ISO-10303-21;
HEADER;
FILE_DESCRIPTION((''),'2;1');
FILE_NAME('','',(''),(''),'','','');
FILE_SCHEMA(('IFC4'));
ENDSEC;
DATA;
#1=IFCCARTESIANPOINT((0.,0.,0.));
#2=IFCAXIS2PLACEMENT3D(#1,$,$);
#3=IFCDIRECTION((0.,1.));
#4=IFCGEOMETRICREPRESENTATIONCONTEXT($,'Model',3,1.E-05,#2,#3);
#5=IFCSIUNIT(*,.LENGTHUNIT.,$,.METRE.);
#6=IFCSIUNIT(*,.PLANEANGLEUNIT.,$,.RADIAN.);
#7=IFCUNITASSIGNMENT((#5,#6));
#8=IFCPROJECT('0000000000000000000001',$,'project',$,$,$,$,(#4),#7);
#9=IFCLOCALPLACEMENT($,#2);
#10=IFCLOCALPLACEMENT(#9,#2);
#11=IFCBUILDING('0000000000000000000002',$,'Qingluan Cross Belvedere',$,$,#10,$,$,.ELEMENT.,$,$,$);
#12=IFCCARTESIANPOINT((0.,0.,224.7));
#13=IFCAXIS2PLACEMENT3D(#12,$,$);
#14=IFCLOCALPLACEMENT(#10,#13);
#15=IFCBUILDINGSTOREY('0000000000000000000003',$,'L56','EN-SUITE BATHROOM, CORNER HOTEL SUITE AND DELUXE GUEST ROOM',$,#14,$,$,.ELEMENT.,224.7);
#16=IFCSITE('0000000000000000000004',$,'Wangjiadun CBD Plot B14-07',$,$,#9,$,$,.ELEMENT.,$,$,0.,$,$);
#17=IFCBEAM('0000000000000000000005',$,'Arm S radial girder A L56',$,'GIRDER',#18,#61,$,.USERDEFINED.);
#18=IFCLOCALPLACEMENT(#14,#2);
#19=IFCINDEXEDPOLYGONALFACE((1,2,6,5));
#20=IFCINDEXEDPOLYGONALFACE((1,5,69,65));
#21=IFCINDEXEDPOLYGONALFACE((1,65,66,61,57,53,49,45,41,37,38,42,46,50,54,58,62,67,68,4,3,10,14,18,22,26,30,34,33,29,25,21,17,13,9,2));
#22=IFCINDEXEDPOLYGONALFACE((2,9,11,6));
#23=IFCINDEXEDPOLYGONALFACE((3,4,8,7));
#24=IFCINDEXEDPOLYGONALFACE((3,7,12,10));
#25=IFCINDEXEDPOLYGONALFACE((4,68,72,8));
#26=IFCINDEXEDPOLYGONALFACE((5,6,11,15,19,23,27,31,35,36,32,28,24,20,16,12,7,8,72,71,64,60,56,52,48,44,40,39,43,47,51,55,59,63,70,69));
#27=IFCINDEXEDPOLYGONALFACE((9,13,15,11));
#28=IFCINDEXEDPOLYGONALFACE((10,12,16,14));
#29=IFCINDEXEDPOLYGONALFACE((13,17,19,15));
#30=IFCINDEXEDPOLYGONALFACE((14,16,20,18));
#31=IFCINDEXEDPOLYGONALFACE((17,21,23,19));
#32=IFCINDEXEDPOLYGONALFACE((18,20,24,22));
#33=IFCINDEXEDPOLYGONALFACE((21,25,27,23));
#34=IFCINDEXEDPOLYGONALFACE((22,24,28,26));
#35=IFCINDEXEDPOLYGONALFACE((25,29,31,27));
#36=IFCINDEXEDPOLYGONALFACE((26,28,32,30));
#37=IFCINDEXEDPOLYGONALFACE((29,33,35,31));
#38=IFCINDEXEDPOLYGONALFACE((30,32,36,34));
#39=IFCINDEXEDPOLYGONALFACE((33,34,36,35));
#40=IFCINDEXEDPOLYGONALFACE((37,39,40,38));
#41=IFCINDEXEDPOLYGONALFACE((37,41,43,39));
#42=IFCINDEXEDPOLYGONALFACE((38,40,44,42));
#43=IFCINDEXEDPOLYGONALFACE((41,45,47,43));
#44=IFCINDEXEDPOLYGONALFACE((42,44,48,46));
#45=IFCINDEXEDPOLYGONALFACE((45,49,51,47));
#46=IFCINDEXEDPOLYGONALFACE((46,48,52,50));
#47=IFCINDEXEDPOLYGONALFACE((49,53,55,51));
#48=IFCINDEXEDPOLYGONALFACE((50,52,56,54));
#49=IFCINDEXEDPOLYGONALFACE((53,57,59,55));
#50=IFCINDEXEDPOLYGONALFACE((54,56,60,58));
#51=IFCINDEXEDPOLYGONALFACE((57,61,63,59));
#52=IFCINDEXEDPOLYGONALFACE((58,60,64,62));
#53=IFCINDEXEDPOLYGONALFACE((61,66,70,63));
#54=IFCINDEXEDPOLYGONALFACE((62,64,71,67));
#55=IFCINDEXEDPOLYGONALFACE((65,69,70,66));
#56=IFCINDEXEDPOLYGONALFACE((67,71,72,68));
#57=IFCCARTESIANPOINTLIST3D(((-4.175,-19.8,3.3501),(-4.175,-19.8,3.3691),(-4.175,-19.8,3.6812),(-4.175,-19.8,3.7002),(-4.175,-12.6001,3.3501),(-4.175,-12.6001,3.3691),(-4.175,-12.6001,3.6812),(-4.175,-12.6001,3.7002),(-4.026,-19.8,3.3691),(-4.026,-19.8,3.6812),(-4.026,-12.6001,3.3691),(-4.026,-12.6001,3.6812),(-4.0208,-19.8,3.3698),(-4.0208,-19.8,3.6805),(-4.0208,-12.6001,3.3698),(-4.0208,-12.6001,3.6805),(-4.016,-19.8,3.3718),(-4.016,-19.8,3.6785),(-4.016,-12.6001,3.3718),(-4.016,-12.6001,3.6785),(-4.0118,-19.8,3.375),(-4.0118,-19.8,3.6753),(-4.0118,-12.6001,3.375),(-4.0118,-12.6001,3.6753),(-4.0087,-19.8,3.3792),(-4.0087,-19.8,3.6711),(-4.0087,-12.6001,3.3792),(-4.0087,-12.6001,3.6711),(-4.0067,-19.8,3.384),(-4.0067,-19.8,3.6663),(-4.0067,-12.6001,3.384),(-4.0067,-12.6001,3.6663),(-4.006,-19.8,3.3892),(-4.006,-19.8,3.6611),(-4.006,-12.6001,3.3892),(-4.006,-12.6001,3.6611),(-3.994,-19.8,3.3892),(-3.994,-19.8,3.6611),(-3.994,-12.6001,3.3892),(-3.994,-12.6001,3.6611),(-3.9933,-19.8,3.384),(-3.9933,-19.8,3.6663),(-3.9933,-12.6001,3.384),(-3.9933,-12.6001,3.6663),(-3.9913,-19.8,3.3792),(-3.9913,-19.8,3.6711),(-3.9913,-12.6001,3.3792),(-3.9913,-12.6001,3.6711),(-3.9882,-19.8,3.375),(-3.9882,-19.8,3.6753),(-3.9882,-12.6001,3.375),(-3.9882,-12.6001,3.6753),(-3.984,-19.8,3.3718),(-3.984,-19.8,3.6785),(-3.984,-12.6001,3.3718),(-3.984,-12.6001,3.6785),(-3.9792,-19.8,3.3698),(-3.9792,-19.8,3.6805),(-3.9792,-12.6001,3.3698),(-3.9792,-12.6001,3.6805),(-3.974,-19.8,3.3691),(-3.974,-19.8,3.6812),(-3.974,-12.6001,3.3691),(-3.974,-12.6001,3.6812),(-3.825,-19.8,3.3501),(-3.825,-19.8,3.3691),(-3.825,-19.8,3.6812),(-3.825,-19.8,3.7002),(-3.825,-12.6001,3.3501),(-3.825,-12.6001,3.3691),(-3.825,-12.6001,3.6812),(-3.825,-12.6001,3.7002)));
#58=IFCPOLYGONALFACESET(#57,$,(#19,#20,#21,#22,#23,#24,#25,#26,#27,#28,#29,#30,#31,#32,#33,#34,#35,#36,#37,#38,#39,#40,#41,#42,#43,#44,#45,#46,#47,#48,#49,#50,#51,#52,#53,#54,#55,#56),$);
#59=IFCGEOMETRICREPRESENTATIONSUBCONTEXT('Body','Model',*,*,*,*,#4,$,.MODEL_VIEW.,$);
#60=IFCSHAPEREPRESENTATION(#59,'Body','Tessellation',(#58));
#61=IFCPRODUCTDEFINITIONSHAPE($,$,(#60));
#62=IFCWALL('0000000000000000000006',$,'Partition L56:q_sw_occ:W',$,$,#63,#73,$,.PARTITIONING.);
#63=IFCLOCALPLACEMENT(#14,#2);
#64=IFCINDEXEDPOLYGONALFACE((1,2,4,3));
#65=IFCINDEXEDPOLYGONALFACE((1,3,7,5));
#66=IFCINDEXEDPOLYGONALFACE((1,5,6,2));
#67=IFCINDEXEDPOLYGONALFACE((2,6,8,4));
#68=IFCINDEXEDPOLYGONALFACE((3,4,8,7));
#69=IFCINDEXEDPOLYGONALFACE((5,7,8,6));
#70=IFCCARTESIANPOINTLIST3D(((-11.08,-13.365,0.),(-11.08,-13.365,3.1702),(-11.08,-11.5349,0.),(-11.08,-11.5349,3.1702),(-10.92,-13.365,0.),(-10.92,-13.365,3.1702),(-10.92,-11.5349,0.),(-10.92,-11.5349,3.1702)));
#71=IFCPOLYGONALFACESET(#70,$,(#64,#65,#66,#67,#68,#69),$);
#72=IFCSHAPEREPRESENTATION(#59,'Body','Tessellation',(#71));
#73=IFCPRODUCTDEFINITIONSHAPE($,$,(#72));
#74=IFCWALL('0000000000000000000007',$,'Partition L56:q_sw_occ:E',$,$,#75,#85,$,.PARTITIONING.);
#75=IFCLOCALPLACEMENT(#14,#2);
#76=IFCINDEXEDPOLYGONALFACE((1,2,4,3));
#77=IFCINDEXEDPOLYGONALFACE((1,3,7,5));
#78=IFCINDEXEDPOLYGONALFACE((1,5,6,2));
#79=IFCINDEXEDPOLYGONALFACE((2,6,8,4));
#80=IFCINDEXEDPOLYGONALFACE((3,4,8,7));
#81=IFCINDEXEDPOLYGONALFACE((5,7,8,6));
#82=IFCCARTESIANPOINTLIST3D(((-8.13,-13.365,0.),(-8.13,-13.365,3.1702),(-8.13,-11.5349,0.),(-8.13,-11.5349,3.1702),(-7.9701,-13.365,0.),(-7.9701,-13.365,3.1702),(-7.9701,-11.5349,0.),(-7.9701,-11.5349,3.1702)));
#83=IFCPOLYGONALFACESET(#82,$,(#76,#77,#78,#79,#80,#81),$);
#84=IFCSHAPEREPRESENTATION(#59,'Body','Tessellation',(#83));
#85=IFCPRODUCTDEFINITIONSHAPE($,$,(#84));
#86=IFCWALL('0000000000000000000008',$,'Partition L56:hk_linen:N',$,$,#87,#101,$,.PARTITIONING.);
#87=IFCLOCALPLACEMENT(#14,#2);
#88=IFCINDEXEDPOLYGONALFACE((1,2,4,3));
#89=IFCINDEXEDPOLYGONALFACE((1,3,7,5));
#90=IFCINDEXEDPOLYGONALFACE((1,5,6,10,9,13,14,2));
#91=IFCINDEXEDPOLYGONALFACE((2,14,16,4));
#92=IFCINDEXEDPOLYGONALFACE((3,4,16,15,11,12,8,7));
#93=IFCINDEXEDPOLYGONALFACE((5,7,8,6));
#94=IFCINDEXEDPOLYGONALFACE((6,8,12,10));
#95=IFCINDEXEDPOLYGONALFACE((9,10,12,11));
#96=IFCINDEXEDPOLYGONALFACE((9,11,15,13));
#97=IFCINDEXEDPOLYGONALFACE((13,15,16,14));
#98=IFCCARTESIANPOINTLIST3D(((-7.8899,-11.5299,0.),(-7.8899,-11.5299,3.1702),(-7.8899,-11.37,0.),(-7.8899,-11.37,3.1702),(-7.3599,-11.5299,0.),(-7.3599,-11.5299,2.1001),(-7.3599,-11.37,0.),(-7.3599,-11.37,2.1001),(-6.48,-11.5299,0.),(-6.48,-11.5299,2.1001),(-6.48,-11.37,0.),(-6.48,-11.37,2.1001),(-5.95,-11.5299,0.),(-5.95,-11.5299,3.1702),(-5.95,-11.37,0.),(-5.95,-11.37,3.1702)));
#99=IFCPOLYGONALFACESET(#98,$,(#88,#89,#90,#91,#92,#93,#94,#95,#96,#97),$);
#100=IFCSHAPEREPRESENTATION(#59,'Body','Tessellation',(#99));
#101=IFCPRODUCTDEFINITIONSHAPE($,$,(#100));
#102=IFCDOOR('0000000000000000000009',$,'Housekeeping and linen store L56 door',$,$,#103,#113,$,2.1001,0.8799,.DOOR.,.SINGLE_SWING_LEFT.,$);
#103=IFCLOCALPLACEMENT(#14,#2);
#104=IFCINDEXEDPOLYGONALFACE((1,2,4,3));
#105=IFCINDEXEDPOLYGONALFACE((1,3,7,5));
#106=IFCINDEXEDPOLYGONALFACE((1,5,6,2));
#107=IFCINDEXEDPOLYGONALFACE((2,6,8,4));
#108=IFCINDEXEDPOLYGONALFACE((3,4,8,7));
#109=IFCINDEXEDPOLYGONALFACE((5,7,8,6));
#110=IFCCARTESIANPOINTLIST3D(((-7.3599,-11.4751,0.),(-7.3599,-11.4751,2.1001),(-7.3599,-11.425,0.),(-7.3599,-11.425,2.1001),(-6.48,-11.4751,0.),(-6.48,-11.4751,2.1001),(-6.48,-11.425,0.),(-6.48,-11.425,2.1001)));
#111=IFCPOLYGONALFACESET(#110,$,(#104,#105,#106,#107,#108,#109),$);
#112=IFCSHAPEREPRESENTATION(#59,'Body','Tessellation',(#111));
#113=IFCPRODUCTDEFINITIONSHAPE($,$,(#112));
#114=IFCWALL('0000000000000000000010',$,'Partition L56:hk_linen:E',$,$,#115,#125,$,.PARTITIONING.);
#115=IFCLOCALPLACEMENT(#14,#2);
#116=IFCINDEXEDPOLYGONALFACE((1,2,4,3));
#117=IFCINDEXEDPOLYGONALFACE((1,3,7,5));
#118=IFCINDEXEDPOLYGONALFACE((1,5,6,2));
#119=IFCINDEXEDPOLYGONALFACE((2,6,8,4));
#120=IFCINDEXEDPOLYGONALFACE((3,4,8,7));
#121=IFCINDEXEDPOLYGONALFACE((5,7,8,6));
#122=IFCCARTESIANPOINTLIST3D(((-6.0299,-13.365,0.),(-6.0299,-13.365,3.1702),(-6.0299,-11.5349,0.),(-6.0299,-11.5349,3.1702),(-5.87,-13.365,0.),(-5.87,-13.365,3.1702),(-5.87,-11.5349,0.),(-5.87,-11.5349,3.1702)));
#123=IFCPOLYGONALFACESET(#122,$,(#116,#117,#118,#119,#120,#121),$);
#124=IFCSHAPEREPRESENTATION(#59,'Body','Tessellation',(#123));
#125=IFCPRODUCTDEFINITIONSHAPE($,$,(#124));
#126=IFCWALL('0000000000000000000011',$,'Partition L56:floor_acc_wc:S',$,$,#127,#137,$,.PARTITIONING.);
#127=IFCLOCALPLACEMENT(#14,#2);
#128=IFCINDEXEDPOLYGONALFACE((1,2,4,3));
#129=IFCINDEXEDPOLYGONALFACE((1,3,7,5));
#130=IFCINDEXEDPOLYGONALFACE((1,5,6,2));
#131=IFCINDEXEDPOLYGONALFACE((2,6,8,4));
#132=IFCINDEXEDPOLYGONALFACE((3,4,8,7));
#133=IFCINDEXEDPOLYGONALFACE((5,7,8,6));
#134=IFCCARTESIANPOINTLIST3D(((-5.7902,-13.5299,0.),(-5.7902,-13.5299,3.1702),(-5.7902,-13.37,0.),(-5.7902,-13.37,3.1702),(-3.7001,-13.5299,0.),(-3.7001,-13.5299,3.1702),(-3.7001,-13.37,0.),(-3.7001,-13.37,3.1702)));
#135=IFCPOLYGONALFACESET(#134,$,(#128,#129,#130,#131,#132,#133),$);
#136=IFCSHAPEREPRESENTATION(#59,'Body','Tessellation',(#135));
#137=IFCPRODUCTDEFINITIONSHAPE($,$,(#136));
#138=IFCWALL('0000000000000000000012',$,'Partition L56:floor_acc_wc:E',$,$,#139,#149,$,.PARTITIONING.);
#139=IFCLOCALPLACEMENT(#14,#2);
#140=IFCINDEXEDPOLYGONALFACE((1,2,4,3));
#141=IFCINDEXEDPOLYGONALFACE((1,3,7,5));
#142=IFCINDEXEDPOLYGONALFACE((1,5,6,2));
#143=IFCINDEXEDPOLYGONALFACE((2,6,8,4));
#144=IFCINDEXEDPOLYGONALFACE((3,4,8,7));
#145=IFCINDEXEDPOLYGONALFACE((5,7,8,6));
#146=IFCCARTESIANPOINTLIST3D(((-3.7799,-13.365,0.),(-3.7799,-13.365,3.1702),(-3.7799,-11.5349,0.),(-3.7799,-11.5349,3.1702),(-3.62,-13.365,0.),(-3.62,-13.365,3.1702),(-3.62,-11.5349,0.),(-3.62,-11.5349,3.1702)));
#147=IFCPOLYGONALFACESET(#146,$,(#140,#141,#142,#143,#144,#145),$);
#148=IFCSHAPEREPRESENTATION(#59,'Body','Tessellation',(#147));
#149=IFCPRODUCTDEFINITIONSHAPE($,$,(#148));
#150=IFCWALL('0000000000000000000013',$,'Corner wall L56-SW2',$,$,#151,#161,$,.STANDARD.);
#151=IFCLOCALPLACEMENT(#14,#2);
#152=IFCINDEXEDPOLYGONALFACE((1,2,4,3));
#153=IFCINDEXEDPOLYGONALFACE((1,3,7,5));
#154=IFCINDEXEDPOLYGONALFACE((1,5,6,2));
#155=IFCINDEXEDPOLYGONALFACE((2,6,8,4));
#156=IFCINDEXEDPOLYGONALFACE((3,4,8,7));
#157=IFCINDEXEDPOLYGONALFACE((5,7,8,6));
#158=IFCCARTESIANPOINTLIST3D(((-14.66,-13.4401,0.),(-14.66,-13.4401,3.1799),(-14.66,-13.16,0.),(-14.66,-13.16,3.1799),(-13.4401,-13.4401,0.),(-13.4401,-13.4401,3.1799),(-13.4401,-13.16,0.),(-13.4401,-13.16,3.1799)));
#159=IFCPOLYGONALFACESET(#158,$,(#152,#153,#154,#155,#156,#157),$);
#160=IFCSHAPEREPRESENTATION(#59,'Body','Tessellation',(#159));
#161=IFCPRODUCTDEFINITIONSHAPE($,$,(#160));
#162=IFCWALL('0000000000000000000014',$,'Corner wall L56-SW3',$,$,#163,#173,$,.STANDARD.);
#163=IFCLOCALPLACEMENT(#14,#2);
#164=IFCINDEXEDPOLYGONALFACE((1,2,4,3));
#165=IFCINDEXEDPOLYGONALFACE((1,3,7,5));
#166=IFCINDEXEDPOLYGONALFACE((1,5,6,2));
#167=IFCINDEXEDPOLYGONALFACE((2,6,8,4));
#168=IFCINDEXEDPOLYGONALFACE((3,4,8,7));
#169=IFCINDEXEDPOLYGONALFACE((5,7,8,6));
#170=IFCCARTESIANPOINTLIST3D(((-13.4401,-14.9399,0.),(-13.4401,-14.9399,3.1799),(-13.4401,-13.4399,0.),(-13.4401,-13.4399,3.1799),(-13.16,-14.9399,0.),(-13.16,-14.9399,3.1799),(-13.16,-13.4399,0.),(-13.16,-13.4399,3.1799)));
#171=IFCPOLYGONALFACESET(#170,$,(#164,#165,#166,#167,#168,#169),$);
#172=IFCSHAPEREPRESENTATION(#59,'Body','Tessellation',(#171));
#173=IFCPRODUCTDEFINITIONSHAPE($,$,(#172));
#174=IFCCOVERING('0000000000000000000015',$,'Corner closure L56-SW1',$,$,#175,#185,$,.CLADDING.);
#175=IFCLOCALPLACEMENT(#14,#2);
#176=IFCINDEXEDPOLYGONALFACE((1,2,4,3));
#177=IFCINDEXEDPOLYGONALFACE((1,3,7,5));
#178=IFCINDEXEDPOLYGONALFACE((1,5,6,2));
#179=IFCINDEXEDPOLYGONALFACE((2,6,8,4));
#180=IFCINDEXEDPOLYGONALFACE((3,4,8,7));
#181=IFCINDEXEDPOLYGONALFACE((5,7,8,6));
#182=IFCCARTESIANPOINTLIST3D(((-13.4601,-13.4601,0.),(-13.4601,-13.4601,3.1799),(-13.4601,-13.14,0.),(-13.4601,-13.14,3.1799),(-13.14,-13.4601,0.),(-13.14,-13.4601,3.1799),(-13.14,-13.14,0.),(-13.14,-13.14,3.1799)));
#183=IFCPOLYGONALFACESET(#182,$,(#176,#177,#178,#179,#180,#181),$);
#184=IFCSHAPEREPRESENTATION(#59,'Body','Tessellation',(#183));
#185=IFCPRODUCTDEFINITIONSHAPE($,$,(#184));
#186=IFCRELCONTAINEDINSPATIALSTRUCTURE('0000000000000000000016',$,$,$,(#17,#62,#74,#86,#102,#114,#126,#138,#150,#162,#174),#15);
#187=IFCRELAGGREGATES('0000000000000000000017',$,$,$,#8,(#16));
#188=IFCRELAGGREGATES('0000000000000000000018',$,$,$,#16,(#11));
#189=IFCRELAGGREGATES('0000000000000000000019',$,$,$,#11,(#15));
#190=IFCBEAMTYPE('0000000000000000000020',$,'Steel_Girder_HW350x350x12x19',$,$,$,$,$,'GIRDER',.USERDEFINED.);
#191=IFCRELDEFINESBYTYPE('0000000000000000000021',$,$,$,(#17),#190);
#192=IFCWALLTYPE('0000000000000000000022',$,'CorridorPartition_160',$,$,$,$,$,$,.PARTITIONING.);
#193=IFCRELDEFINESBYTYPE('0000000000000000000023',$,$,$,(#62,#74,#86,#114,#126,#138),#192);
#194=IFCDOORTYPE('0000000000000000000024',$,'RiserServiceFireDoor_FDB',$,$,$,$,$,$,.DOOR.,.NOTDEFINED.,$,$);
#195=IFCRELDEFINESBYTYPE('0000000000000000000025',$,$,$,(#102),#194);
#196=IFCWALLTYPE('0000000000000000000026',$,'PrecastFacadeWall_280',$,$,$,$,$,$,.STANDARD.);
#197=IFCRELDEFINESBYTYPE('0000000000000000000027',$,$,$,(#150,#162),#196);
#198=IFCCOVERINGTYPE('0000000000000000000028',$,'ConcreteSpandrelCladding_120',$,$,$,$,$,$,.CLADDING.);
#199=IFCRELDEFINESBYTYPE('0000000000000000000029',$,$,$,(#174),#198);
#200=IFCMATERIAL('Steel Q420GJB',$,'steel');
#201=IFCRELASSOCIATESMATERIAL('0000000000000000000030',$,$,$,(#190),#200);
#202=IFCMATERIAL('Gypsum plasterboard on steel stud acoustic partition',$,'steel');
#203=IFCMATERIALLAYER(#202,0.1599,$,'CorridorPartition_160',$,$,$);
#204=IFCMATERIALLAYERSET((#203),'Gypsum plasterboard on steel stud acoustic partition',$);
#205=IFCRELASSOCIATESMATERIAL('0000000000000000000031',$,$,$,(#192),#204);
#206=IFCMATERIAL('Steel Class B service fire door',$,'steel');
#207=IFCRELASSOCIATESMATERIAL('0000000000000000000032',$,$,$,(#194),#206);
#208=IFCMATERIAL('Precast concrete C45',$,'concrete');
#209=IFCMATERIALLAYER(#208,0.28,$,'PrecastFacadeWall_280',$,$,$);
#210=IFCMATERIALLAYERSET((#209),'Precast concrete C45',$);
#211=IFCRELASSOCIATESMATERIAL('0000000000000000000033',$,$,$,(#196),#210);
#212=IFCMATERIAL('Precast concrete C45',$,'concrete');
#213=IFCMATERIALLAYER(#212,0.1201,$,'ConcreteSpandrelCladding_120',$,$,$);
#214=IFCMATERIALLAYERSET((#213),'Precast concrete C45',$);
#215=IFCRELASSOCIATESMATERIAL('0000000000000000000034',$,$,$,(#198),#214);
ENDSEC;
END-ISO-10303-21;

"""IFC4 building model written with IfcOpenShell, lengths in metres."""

from ifc_helpers import new_model, si_unit, direction, frame, frame_2d, origin, origin_2d, place, context, subcontext, project, spatial, rectangle, i_section, extrude, material, layer, layer_set, material_profile, profile_set, type_object, element, fill, save


model = new_model("IFC4")

# Units and contexts
model_context = context("Model", 3, precision=1e-05, world=origin(), true_north=direction((0.0, 1.0)))
body_context = subcontext(model_context, "Body", "Model", "MODEL_VIEW")
ifc_project = project(units=[si_unit("LENGTHUNIT", "METRE"), si_unit("PLANEANGLEUNIT", "RADIAN")], contexts=[model_context])

# Site, building, storey
site_placement = place(None, origin())
site = spatial("IfcSite", under=ifc_project, at=site_placement, Name="Wangjiadun CBD Plot B14-07", CompositionType="ELEMENT", RefElevation=0.0)
building_placement = place(site_placement, origin())
building = spatial("IfcBuilding", under=site, at=building_placement, Name="Qingluan Cross Belvedere", CompositionType="ELEMENT")
storey_placement = place(building_placement, frame((0.0, 0.0, 224.7)))
storey = spatial("IfcBuildingStorey", under=building, at=storey_placement, Name="L56", Description="EN-SUITE BATHROOM, CORNER HOTEL SUITE AND DELUXE GUEST ROOM", CompositionType="ELEMENT", Elevation=224.7)

# Beam
ifc_material_1 = material(Name="Steel Q420GJB", Category="steel")
ifc_material_profile_1 = material_profile(ifc_material_1, i_section(OverallWidth=0.3501, OverallDepth=0.3501, WebThickness=0.012, FlangeThickness=0.019, FilletRadius=0.02, at=origin_2d()), Name="HW350x350x12x19")
ifc_profile_set_1 = profile_set([ifc_material_profile_1], Name="Steel Q420GJB")
beam_type_1 = type_object("IfcBeamType", Name="Steel_Girder_HW350x350x12x19", ElementType="GIRDER", PredefinedType="USERDEFINED", material=ifc_profile_set_1)
beam_1_placement = place(storey_placement, frame((-4.0, -12.6001, 3.5251), z_axis=(0.0, -1.0, 0.0), x_axis=(1.0, 0.0, 0.0)))
element("IfcBeam", 1, at=beam_1_placement, inside=storey, type_object=beam_type_1, Name="Arm S radial girder A L56", ObjectType="GIRDER", PredefinedType="USERDEFINED", context=body_context, shape_type="SweptSolid", body=[
    extrude(i_section(OverallWidth=0.3501, OverallDepth=0.3501, WebThickness=0.012, FlangeThickness=0.019, FilletRadius=0.02, at=origin_2d()), origin(), (0.0, 0.0, 1.0), 7.2),
])

# Shared definitions
ifc_material_2 = material(Name="Gypsum plasterboard on steel stud acoustic partition", Category="steel")
ifc_layer_1 = layer(ifc_material_2, 0.1599, Name="CorridorPartition_160")
ifc_layer_set_1 = layer_set([ifc_layer_1], Name="Gypsum plasterboard on steel stud acoustic partition")
wall_type_1 = type_object("IfcWallType", Name="CorridorPartition_160", PredefinedType="PARTITIONING", material=ifc_layer_set_1)

# Walls
for number, where, z_axis, x_axis, name in (
    (2, (-11.0, -13.365, 0.0), (0.0, 0.0, 1.0), (0.0, 1.0, 0.0), "Partition L56:q_sw_occ:W"),
    (3, (-8.05, -13.365, 0.0), (0.0, 0.0, 1.0), (0.0, 1.0, 0.0), "Partition L56:q_sw_occ:E"),
):
    element("IfcWall", number, at=place(storey_placement, frame(where, z_axis=z_axis, x_axis=x_axis)), inside=storey, type_object=wall_type_1, Name=name, PredefinedType="PARTITIONING", context=body_context, shape_type="SweptSolid", body=[
        extrude(rectangle(XDim=1.8301, YDim=0.1599, at=frame_2d((0.915, 0.0))), origin(), (0.0, 0.0, 1.0), 3.1702),
    ])

# Wall, opening, door
wall_1_placement = place(storey_placement, frame((-7.8899, -11.45, 0.0), z_axis=(0.0, 0.0, 1.0), x_axis=(1.0, 0.0, 0.0)))
wall_1 = element("IfcWall", 4, at=wall_1_placement, inside=storey, type_object=wall_type_1, Name="Partition L56:hk_linen:N", PredefinedType="PARTITIONING", context=body_context, shape_type="SweptSolid", body=[
    extrude(rectangle(XDim=1.9399, YDim=0.1599, at=frame_2d((0.97, 0.0))), origin(), (0.0, 0.0, 1.0), 3.1702),
])
opening_1_placement = place(wall_1_placement, frame((0.53, 0.0, 0.0)))
opening_1 = element("IfcOpeningElement", 5, at=opening_1_placement, cuts=wall_1, PredefinedType="OPENING", context=body_context, shape_type="SweptSolid", body=[
    extrude(rectangle(XDim=0.8799, YDim=2.1001, at=frame_2d((0.4399, 1.05))), frame((0.0, 0.0898, 0.0), z_axis=(0.0, -1.0, 0.0), x_axis=(1.0, 0.0, 0.0)), (0.0, 0.0, 1.0), 0.1799),
])
ifc_material_3 = material(Name="Steel Class B service fire door", Category="steel")
door_type_1 = type_object("IfcDoorType", Name="RiserServiceFireDoor_FDB", OperationType="NOTDEFINED", PredefinedType="DOOR", material=ifc_material_3)
door_1_placement = place(opening_1_placement, origin())
door_1 = element("IfcDoor", 6, at=door_1_placement, inside=storey, type_object=door_type_1, Name="Housekeeping and linen store L56 door", OperationType="SINGLE_SWING_LEFT", OverallHeight=2.1001, OverallWidth=0.8799, PredefinedType="DOOR", context=body_context, shape_type="SweptSolid", body=[
    extrude(rectangle(XDim=0.8799, YDim=2.1001, at=frame_2d((0.4399, 1.05))), frame((0.0, 0.0249, 0.0), z_axis=(0.0, -1.0, 0.0), x_axis=(1.0, 0.0, 0.0)), (0.0, 0.0, 1.0), 0.05),
])
fill(opening_1, door_1)

# Walls
wall_2_placement = place(storey_placement, frame((-5.95, -13.365, 0.0), z_axis=(0.0, 0.0, 1.0), x_axis=(0.0, 1.0, 0.0)))
element("IfcWall", 7, at=wall_2_placement, inside=storey, type_object=wall_type_1, Name="Partition L56:hk_linen:E", PredefinedType="PARTITIONING", context=body_context, shape_type="SweptSolid", body=[
    extrude(rectangle(XDim=1.8301, YDim=0.1599, at=frame_2d((0.915, 0.0))), origin(), (0.0, 0.0, 1.0), 3.1702),
])
wall_3_placement = place(storey_placement, frame((-5.79, -13.45, 0.0), z_axis=(0.0, 0.0, 1.0), x_axis=(1.0, 0.0, 0.0)))
element("IfcWall", 8, at=wall_3_placement, inside=storey, type_object=wall_type_1, Name="Partition L56:floor_acc_wc:S", PredefinedType="PARTITIONING", context=body_context, shape_type="SweptSolid", body=[
    extrude(rectangle(XDim=2.0901, YDim=0.1599, at=frame_2d((1.0449, 0.0))), origin(), (0.0, 0.0, 1.0), 3.1702),
])
wall_4_placement = place(storey_placement, frame((-3.7, -13.365, 0.0), z_axis=(0.0, 0.0, 1.0), x_axis=(0.0, 1.0, 0.0)))
element("IfcWall", 9, at=wall_4_placement, inside=storey, type_object=wall_type_1, Name="Partition L56:floor_acc_wc:E", PredefinedType="PARTITIONING", context=body_context, shape_type="SweptSolid", body=[
    extrude(rectangle(XDim=1.8301, YDim=0.1599, at=frame_2d((0.915, 0.0))), origin(), (0.0, 0.0, 1.0), 3.1702),
])
ifc_material_4 = material(Name="Precast concrete C45", Category="concrete")
ifc_layer_2 = layer(ifc_material_4, 0.28, Name="PrecastFacadeWall_280")
ifc_layer_set_2 = layer_set([ifc_layer_2], Name="Precast concrete C45")
wall_type_2 = type_object("IfcWallType", Name="PrecastFacadeWall_280", PredefinedType="STANDARD", material=ifc_layer_set_2)
wall_5_placement = place(storey_placement, frame((-14.6599, -13.3, 0.0), z_axis=(0.0, 0.0, 1.0), x_axis=(1.0, 0.0, 0.0)))
element("IfcWall", 10, at=wall_5_placement, inside=storey, type_object=wall_type_2, Name="Corner wall L56-SW2", PredefinedType="STANDARD", context=body_context, shape_type="SweptSolid", body=[
    extrude(rectangle(XDim=1.22, YDim=0.28, at=frame_2d((0.6099, 0.0))), origin(), (0.0, 0.0, 1.0), 3.1799),
])
wall_6_placement = place(storey_placement, frame((-13.3, -13.4399, 0.0), z_axis=(0.0, 0.0, 1.0), x_axis=(0.0, -1.0, 0.0)))
element("IfcWall", 11, at=wall_6_placement, inside=storey, type_object=wall_type_2, Name="Corner wall L56-SW3", PredefinedType="STANDARD", context=body_context, shape_type="SweptSolid", body=[
    extrude(rectangle(XDim=1.5, YDim=0.28, at=frame_2d((0.75, 0.0))), origin(), (0.0, 0.0, 1.0), 3.1799),
])

# Covering
ifc_material_5 = material(Name="Precast concrete C45", Category="concrete")
ifc_layer_3 = layer(ifc_material_5, 0.1201, Name="ConcreteSpandrelCladding_120")
ifc_layer_set_3 = layer_set([ifc_layer_3], Name="Precast concrete C45")
covering_type = type_object("IfcCoveringType", Name="ConcreteSpandrelCladding_120", PredefinedType="CLADDING", material=ifc_layer_set_3)
covering_placement = place(storey_placement, frame((-13.3, -13.3, 0.0), z_axis=(0.0, 0.0, 1.0), x_axis=(1.0, 0.0, 0.0)))
element("IfcCovering", 12, at=covering_placement, inside=storey, type_object=covering_type, Name="Corner closure L56-SW1", PredefinedType="CLADDING", context=body_context, shape_type="SweptSolid", body=[
    extrude(rectangle(XDim=0.3201, YDim=0.3201, at=origin_2d()), origin(), (0.0, 0.0, 1.0), 3.1799),
])

save(model, "model.ifc")
